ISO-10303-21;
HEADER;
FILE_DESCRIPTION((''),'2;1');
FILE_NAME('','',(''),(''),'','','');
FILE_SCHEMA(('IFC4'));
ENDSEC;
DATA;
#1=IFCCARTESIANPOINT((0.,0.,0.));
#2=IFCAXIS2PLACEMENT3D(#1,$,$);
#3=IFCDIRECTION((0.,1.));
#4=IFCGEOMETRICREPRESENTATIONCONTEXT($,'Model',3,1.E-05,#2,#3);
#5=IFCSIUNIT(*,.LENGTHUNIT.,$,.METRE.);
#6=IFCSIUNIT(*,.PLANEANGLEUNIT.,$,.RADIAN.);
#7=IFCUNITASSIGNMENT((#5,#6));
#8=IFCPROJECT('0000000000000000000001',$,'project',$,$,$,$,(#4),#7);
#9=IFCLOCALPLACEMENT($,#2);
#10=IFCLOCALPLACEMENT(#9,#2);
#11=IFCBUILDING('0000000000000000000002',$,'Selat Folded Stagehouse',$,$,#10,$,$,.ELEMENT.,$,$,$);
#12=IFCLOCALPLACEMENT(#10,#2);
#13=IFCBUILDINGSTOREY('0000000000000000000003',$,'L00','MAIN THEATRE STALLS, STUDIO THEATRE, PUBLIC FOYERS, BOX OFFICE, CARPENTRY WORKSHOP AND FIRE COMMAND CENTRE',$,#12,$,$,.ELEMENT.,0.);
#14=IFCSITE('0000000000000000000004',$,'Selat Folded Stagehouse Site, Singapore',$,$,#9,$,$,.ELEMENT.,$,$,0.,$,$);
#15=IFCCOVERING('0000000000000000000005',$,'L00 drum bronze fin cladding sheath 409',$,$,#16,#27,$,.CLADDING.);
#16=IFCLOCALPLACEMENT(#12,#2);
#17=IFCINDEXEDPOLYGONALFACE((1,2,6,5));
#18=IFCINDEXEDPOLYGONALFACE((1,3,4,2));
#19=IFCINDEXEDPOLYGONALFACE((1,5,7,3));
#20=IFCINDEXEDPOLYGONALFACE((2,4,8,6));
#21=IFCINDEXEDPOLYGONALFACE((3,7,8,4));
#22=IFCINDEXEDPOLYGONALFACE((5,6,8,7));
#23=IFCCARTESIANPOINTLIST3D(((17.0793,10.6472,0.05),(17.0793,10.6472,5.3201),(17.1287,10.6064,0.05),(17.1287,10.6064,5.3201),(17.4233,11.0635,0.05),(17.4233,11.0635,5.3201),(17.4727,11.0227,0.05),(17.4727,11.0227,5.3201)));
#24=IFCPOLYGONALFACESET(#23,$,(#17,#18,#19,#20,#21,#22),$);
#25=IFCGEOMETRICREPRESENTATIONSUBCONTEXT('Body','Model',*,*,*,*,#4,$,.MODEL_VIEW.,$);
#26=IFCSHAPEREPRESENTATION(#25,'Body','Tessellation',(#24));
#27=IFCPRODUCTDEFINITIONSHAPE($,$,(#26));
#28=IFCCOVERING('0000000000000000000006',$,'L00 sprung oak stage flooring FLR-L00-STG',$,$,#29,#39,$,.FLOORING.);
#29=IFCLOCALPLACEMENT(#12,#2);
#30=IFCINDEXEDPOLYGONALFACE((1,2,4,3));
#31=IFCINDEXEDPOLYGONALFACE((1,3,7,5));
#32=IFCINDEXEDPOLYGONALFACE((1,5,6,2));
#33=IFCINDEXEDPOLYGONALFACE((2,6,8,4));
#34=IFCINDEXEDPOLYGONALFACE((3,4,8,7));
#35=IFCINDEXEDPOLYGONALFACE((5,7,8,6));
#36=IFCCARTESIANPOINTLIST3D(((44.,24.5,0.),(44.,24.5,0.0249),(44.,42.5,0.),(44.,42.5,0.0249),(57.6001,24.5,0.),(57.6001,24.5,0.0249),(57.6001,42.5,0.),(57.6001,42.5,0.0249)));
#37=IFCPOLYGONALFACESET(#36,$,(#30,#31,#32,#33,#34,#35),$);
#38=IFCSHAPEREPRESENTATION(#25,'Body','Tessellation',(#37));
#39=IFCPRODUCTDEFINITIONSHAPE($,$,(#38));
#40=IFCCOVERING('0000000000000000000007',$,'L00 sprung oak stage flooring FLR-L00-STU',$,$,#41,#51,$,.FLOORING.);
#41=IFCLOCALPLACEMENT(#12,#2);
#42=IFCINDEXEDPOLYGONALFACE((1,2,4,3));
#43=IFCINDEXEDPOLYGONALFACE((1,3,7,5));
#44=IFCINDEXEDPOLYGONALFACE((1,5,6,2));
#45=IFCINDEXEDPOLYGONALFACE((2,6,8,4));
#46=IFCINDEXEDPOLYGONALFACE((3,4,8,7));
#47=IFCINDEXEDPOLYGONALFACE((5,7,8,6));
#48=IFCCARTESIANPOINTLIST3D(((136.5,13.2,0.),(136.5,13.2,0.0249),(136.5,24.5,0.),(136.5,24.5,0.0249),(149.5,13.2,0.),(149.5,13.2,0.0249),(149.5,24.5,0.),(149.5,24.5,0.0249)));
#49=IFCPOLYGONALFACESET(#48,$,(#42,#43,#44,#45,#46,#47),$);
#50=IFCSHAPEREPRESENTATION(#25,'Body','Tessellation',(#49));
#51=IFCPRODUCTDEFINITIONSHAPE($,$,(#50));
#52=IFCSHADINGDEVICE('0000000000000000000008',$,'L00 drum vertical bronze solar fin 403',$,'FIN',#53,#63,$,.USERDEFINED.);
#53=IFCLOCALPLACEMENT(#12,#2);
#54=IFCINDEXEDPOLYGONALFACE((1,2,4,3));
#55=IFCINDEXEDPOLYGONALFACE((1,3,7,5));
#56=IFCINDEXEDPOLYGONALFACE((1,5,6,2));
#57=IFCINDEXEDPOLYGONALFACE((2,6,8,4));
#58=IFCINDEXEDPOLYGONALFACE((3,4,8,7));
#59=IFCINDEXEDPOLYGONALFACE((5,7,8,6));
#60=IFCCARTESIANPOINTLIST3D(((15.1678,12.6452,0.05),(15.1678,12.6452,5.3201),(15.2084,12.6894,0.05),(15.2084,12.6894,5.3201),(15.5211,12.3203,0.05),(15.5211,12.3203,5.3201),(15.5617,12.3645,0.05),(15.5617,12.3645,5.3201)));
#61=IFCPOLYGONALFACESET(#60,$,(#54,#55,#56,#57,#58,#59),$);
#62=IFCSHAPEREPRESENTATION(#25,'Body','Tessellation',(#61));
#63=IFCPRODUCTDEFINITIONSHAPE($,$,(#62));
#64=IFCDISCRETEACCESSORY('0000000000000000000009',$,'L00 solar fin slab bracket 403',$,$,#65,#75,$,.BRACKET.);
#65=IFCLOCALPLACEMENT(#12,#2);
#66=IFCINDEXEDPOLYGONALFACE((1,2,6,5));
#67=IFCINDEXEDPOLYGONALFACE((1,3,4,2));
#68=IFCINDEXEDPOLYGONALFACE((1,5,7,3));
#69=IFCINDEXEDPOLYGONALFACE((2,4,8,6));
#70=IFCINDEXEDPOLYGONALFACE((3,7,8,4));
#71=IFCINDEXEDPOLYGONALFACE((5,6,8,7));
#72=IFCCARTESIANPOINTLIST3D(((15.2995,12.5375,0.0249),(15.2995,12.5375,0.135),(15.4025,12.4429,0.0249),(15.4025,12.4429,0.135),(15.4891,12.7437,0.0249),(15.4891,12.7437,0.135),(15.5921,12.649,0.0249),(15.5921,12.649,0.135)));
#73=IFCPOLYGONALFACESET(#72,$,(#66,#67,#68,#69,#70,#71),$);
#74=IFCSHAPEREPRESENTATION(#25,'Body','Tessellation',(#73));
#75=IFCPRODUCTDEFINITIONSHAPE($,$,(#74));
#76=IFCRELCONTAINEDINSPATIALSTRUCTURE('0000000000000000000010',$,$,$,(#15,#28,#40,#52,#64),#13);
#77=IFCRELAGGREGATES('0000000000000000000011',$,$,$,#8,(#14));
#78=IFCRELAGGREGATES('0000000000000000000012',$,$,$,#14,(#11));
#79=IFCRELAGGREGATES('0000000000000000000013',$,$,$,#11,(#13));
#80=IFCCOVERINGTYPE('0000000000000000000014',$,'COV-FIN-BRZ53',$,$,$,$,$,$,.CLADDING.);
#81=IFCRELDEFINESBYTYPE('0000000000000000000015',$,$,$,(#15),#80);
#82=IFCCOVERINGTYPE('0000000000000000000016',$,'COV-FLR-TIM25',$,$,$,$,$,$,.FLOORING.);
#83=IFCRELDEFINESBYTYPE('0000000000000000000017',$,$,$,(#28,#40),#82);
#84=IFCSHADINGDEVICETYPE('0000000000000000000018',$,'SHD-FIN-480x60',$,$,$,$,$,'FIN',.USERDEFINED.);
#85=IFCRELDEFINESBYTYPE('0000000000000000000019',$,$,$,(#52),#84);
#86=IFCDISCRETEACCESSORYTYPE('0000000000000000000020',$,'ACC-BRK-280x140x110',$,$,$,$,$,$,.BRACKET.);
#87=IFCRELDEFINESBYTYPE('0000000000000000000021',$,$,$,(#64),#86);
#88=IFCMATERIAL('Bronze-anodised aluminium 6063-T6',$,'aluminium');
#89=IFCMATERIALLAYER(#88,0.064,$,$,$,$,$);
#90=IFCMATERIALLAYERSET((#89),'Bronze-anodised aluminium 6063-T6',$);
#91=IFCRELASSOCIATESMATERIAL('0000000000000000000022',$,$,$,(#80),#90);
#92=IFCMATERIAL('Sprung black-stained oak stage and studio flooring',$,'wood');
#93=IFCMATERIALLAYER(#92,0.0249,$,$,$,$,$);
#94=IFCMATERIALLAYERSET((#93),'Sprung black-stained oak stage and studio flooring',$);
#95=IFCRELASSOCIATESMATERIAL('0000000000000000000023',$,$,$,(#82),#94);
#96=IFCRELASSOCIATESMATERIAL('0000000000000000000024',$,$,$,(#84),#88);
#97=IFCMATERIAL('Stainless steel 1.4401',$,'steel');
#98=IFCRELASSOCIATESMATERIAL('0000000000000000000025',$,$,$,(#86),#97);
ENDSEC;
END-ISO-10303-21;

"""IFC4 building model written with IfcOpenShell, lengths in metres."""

from ifc_helpers import new_model, si_unit, direction, frame, origin, origin_2d, place, context, subcontext, project, spatial, polyline, rectangle, outline, extrude, material, layer, layer_set, material_profile, profile_set, type_object, element, save


model = new_model("IFC4")

# Units and contexts
model_context = context("Model", 3, precision=1e-05, world=origin(), true_north=direction((0.0, 1.0)))
body_context = subcontext(model_context, "Body", "Model", "MODEL_VIEW")
ifc_project = project(units=[si_unit("LENGTHUNIT", "METRE"), si_unit("PLANEANGLEUNIT", "RADIAN")], contexts=[model_context])

# Site, building, storey
site_placement = place(None, origin())
site = spatial("IfcSite", under=ifc_project, at=site_placement, Name="Selat Folded Stagehouse Site, Singapore", CompositionType="ELEMENT", RefElevation=0.0)
building_placement = place(site_placement, origin())
building = spatial("IfcBuilding", under=site, at=building_placement, Name="Selat Folded Stagehouse", CompositionType="ELEMENT")
storey_placement = place(building_placement, origin())
storey = spatial("IfcBuildingStorey", under=building, at=storey_placement, Name="L00", Description="MAIN THEATRE STALLS, STUDIO THEATRE, PUBLIC FOYERS, BOX OFFICE, CARPENTRY WORKSHOP AND FIRE COMMAND CENTRE", CompositionType="ELEMENT", Elevation=0.0)

# Coverings
ifc_material_1 = material(Name="Bronze-anodised aluminium 6063-T6", Category="aluminium")
ifc_layer_1 = layer(ifc_material_1, 0.064)
ifc_layer_set_1 = layer_set([ifc_layer_1], Name="Bronze-anodised aluminium 6063-T6")
covering_type_1 = type_object("IfcCoveringType", Name="COV-FIN-BRZ53", PredefinedType="CLADDING", material=ifc_layer_set_1)
covering_1_placement = place(storey_placement, frame((0.0, 0.0, 0.05)))
element("IfcCovering", 1, at=covering_1_placement, inside=storey, type_object=covering_type_1, Name="L00 drum bronze fin cladding sheath 409", PredefinedType="CLADDING", context=body_context, shape_type="SweptSolid", body=[
    extrude(outline(polyline([(17.4233, 11.0635), (17.0793, 10.6472), (17.1287, 10.6064), (17.4727, 11.0227), (17.4233, 11.0635)])), origin(), (0.0, 0.0, 1.0), 5.27),
])
ifc_material_2 = material(Name="Sprung black-stained oak stage and studio flooring", Category="wood")
ifc_layer_2 = layer(ifc_material_2, 0.0249)
ifc_layer_set_2 = layer_set([ifc_layer_2], Name="Sprung black-stained oak stage and studio flooring")
covering_type_2 = type_object("IfcCoveringType", Name="COV-FLR-TIM25", PredefinedType="FLOORING", material=ifc_layer_set_2)
covering_2_placement = place(storey_placement, origin())
element("IfcCovering", 2, at=covering_2_placement, inside=storey, type_object=covering_type_2, Name="L00 sprung oak stage flooring FLR-L00-STG", PredefinedType="FLOORING", context=body_context, shape_type="SweptSolid", body=[
    extrude(outline(polyline([(44.0, 24.5), (57.6001, 24.5), (57.6001, 42.5), (44.0, 42.5), (44.0, 24.5)])), origin(), (0.0, 0.0, 1.0), 0.0249),
])
covering_3_placement = place(storey_placement, origin())
element("IfcCovering", 3, at=covering_3_placement, inside=storey, type_object=covering_type_2, Name="L00 sprung oak stage flooring FLR-L00-STU", PredefinedType="FLOORING", context=body_context, shape_type="SweptSolid", body=[
    extrude(outline(polyline([(136.5, 13.2), (149.5, 13.2), (149.5, 24.5), (136.5, 24.5), (136.5, 13.2)])), origin(), (0.0, 0.0, 1.0), 0.0249),
])

# Shading device
ifc_material_profile_1 = material_profile(ifc_material_1, rectangle(XDim=0.0601, YDim=0.48, at=origin_2d()), Name="SOLAR-FIN 480x60")
ifc_profile_set_1 = profile_set([ifc_material_profile_1], Name="Bronze-anodised aluminium 6063-T6")
shading_device_type = type_object("IfcShadingDeviceType", Name="SHD-FIN-480x60", ElementType="FIN", PredefinedType="USERDEFINED", material=ifc_profile_set_1)
shading_device_placement = place(storey_placement, frame((15.3647, 12.5049, 0.05), z_axis=(0.0, 0.0, 1.0), x_axis=(-0.676876, -0.736097, 0.0)))
element("IfcShadingDevice", 4, at=shading_device_placement, inside=storey, type_object=shading_device_type, Name="L00 drum vertical bronze solar fin 403", ObjectType="FIN", PredefinedType="USERDEFINED", context=body_context, shape_type="SweptSolid", body=[
    extrude(rectangle(XDim=0.0601, YDim=0.48, at=origin_2d()), origin(), (0.0, 0.0, 1.0), 5.27),
])

# Discrete accessory
ifc_material_3 = material(Name="Stainless steel 1.4401", Category="steel")
discrete_accessory_type = type_object("IfcDiscreteAccessoryType", Name="ACC-BRK-280x140x110", PredefinedType="BRACKET", material=ifc_material_3)
discrete_accessory_placement = place(storey_placement, frame((15.4458, 12.5933, 0.0249), z_axis=(0.0, 0.0, 1.0), x_axis=(-0.676876, -0.736097, 0.0)))
element("IfcDiscreteAccessory", 5, at=discrete_accessory_placement, inside=storey, type_object=discrete_accessory_type, Name="L00 solar fin slab bracket 403", PredefinedType="BRACKET", context=body_context, shape_type="SweptSolid", body=[
    extrude(rectangle(XDim=0.28, YDim=0.1399, at=origin_2d()), origin(), (0.0, 0.0, 1.0), 0.1101),
])

save(model, "model.ifc")
